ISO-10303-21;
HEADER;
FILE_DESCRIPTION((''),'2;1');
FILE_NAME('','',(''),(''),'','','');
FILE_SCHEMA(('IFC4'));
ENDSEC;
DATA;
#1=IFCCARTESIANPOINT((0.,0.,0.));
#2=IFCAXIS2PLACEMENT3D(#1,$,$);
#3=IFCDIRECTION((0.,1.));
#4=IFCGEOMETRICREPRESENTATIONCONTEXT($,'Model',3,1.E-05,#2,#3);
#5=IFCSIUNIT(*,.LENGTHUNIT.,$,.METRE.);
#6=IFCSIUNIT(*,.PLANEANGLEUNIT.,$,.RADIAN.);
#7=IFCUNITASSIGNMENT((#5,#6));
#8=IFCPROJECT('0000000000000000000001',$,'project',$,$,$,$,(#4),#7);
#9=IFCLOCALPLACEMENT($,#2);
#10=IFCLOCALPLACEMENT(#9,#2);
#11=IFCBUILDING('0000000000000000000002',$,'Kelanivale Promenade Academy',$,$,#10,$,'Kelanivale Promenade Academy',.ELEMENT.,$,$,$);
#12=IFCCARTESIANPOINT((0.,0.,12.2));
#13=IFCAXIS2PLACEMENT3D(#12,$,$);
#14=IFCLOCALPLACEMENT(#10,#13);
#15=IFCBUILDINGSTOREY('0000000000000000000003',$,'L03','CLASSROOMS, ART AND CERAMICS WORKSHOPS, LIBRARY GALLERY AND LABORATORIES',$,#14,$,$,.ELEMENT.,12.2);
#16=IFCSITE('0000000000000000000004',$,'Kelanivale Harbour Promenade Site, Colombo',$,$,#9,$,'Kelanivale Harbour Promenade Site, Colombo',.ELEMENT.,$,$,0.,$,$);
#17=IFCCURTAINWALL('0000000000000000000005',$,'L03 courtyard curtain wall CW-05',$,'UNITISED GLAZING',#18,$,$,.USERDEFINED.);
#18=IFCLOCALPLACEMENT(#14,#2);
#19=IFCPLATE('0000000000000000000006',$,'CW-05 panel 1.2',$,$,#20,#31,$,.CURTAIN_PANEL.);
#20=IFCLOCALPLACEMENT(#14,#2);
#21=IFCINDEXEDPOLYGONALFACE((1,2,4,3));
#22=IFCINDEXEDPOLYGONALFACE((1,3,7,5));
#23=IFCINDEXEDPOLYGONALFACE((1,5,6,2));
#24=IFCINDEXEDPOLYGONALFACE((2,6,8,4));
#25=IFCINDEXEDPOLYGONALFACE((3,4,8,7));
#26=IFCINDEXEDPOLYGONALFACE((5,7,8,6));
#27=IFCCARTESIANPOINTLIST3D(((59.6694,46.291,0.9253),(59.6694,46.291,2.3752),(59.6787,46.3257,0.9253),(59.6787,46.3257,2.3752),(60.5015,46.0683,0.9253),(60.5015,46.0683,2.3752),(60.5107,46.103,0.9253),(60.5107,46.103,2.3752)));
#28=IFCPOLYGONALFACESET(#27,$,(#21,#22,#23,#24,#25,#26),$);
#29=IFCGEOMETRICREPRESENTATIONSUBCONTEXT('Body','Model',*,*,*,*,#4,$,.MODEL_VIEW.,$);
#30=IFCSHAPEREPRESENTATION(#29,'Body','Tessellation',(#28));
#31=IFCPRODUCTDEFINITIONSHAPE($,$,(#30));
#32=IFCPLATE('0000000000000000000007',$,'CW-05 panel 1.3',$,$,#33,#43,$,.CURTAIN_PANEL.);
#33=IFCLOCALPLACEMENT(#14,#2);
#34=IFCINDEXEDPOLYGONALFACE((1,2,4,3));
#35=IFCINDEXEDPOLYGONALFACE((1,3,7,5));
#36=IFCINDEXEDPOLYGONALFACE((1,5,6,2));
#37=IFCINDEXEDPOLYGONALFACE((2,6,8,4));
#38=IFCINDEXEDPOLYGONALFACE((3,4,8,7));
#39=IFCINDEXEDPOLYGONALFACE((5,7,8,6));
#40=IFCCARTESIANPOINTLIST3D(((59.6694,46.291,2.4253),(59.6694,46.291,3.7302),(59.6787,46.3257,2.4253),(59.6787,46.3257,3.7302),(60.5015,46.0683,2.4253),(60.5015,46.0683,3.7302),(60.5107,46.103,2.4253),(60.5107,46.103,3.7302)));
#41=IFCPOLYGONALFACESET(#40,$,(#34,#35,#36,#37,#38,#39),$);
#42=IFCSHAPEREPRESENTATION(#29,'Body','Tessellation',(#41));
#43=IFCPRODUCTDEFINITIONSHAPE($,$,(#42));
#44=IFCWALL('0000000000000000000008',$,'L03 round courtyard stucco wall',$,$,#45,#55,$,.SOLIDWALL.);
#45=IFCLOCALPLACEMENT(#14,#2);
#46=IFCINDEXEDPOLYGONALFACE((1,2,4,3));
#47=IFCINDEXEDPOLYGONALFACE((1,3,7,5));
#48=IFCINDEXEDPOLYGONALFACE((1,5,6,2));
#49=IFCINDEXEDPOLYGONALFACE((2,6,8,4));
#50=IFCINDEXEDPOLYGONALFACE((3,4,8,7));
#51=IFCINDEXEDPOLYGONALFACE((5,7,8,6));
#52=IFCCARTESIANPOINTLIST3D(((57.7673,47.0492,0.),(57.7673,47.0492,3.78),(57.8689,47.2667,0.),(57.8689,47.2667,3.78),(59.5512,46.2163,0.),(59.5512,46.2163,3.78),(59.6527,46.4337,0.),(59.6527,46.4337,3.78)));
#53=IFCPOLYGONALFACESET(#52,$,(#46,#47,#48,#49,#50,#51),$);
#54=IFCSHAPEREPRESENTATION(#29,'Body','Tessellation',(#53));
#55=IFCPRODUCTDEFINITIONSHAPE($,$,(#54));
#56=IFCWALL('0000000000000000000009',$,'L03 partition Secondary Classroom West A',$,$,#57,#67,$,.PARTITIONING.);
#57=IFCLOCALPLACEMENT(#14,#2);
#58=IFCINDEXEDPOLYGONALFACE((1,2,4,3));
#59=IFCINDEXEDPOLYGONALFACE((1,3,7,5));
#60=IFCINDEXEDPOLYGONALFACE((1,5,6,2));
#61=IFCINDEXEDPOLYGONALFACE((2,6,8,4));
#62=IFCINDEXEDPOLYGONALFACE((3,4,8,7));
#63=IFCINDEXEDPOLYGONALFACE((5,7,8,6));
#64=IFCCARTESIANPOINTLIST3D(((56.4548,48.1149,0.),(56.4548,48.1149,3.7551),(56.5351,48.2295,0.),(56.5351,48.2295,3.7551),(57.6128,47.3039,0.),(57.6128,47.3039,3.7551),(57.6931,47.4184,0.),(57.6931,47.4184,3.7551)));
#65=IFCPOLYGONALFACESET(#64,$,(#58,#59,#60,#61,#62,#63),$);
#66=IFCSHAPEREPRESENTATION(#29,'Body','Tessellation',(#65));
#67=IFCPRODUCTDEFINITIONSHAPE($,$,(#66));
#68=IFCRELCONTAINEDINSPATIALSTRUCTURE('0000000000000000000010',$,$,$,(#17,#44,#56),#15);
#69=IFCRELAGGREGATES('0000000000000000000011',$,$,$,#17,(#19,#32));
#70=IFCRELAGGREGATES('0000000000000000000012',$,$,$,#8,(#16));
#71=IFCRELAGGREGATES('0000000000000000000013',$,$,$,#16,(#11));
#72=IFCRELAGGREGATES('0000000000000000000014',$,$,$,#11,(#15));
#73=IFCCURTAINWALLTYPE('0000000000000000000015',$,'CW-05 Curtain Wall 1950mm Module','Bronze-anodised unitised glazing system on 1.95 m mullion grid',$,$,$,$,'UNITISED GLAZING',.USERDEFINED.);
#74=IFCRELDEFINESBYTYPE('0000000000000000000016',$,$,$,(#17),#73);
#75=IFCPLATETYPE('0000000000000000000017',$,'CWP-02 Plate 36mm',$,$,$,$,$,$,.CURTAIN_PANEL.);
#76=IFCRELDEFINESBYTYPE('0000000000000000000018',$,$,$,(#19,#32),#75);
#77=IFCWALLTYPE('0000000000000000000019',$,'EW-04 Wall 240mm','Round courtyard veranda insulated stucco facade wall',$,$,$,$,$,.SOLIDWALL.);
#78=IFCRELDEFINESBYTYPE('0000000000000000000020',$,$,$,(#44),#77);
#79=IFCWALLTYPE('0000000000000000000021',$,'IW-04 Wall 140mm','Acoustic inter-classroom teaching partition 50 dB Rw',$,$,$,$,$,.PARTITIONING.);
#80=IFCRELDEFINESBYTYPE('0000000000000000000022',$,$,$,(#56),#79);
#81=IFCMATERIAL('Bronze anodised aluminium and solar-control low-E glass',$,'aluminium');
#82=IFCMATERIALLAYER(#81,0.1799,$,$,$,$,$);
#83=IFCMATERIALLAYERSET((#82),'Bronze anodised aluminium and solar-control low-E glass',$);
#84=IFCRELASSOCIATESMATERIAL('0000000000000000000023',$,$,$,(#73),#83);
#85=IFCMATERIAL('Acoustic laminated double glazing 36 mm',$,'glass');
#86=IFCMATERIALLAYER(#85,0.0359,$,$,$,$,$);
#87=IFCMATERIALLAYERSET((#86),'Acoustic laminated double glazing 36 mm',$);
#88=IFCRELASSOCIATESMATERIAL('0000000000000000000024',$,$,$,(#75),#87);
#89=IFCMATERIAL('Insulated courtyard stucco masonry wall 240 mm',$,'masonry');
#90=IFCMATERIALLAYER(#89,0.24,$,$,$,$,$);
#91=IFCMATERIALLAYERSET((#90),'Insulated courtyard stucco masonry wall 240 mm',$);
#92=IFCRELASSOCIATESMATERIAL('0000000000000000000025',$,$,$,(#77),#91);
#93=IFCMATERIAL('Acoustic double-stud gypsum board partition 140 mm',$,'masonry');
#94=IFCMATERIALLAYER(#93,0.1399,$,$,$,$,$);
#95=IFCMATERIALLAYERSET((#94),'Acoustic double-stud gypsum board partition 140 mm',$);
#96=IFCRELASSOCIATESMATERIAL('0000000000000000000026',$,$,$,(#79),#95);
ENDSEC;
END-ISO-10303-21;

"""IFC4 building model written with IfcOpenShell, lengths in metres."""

from ifc_helpers import new_model, si_unit, direction, frame, frame_2d, origin, origin_2d, place, context, subcontext, project, spatial, rectangle, extrude, material, layer, layer_set, type_object, element, aggregate, save


model = new_model("IFC4")

# Units and contexts
model_context = context("Model", 3, precision=1e-05, world=origin(), true_north=direction((0.0, 1.0)))
body_context = subcontext(model_context, "Body", "Model", "MODEL_VIEW")
ifc_project = project(units=[si_unit("LENGTHUNIT", "METRE"), si_unit("PLANEANGLEUNIT", "RADIAN")], contexts=[model_context])

# Site, building, storey
site_placement = place(None, origin())
site = spatial("IfcSite", under=ifc_project, at=site_placement, Name="Kelanivale Harbour Promenade Site, Colombo", LongName="Kelanivale Harbour Promenade Site, Colombo", CompositionType="ELEMENT", RefElevation=0.0)
building_placement = place(site_placement, origin())
building = spatial("IfcBuilding", under=site, at=building_placement, Name="Kelanivale Promenade Academy", LongName="Kelanivale Promenade Academy", CompositionType="ELEMENT")
storey_placement = place(building_placement, frame((0.0, 0.0, 12.2)))
storey = spatial("IfcBuildingStorey", under=building, at=storey_placement, Name="L03", Description="CLASSROOMS, ART AND CERAMICS WORKSHOPS, LIBRARY GALLERY AND LABORATORIES", CompositionType="ELEMENT", Elevation=12.2)

# Curtain wall
ifc_material_1 = material(Name="Bronze anodised aluminium and solar-control low-E glass", Category="aluminium")
ifc_layer_1 = layer(ifc_material_1, 0.1799)
ifc_layer_set_1 = layer_set([ifc_layer_1], Name="Bronze anodised aluminium and solar-control low-E glass")
curtain_wall_type_1 = type_object("IfcCurtainWallType", Name="CW-05 Curtain Wall 1950mm Module", Description="Bronze-anodised unitised glazing system on 1.95 m mullion grid", ElementType="UNITISED GLAZING", PredefinedType="USERDEFINED", material=ifc_layer_set_1)
curtain_wall_1_placement = place(storey_placement, origin())
curtain_wall_1 = element("IfcCurtainWall", 1, at=curtain_wall_1_placement, inside=storey, type_object=curtain_wall_type_1, Name="L03 courtyard curtain wall CW-05", ObjectType="UNITISED GLAZING", PredefinedType="USERDEFINED")

# Plates
ifc_material_2 = material(Name="Acoustic laminated double glazing 36 mm", Category="glass")
ifc_layer_2 = layer(ifc_material_2, 0.0359)
ifc_layer_set_2 = layer_set([ifc_layer_2], Name="Acoustic laminated double glazing 36 mm")
plate_type_1 = type_object("IfcPlateType", Name="CWP-02 Plate 36mm", PredefinedType="CURTAIN_PANEL", material=ifc_layer_set_2)
plate_1_placement = place(storey_placement, frame((60.0901, 46.197, 0.9253), z_axis=(0.0, 0.0, 1.0), x_axis=(0.96599, -0.258578, 0.0)))
plate_1 = element("IfcPlate", 2, at=plate_1_placement, type_object=plate_type_1, Name="CW-05 panel 1.2", PredefinedType="CURTAIN_PANEL", context=body_context, shape_type="SweptSolid", body=[
    extrude(rectangle(XDim=0.8613, YDim=0.0359, at=origin_2d()), origin(), (0.0, 0.0, 1.0), 1.45),
])
plate_2_placement = place(storey_placement, frame((60.0901, 46.197, 2.4253), z_axis=(0.0, 0.0, 1.0), x_axis=(0.96599, -0.258578, 0.0)))
plate_2 = element("IfcPlate", 3, at=plate_2_placement, type_object=plate_type_1, Name="CW-05 panel 1.3", PredefinedType="CURTAIN_PANEL", context=body_context, shape_type="SweptSolid", body=[
    extrude(rectangle(XDim=0.8613, YDim=0.0359, at=origin_2d()), origin(), (0.0, 0.0, 1.0), 1.3049),
])
aggregate(curtain_wall_1, [plate_1, plate_2])

# Walls
ifc_material_3 = material(Name="Insulated courtyard stucco masonry wall 240 mm", Category="masonry")
ifc_layer_3 = layer(ifc_material_3, 0.24)
ifc_layer_set_3 = layer_set([ifc_layer_3], Name="Insulated courtyard stucco masonry wall 240 mm")
wall_type_1 = type_object("IfcWallType", Name="EW-04 Wall 240mm", Description="Round courtyard veranda insulated stucco facade wall", PredefinedType="SOLIDWALL", material=ifc_layer_set_3)
wall_1_placement = place(storey_placement, frame((57.8181, 47.158, 0.0), z_axis=(0.0, 0.0, 1.0), x_axis=(0.906085, -0.423096, 0.0)))
element("IfcWall", 4, at=wall_1_placement, inside=storey, type_object=wall_type_1, Name="L03 round courtyard stucco wall", PredefinedType="SOLIDWALL", context=body_context, shape_type="SweptSolid", body=[
    extrude(rectangle(XDim=1.9688, YDim=0.24, at=frame_2d((0.9844, 0.0))), origin(), (0.0, 0.0, 1.0), 3.78),
])
ifc_material_4 = material(Name="Acoustic double-stud gypsum board partition 140 mm", Category="masonry")
ifc_layer_4 = layer(ifc_material_4, 0.1399)
ifc_layer_set_4 = layer_set([ifc_layer_4], Name="Acoustic double-stud gypsum board partition 140 mm")
wall_type_2 = type_object("IfcWallType", Name="IW-04 Wall 140mm", Description="Acoustic inter-classroom teaching partition 50 dB Rw", PredefinedType="PARTITIONING", material=ifc_layer_set_4)
wall_2_placement = place(storey_placement, frame((57.6531, 47.3611, 0.0), z_axis=(0.0, 0.0, 1.0), x_axis=(-0.819078, 0.573683, 0.0)))
element("IfcWall", 5, at=wall_2_placement, inside=storey, type_object=wall_type_2, Name="L03 partition Secondary Classroom West A", PredefinedType="PARTITIONING", context=body_context, shape_type="SweptSolid", body=[
    extrude(rectangle(XDim=1.4138, YDim=0.1399, at=frame_2d((0.707, 0.0))), origin(), (0.0, 0.0, 1.0), 3.7551),
])

save(model, "model.ifc")
